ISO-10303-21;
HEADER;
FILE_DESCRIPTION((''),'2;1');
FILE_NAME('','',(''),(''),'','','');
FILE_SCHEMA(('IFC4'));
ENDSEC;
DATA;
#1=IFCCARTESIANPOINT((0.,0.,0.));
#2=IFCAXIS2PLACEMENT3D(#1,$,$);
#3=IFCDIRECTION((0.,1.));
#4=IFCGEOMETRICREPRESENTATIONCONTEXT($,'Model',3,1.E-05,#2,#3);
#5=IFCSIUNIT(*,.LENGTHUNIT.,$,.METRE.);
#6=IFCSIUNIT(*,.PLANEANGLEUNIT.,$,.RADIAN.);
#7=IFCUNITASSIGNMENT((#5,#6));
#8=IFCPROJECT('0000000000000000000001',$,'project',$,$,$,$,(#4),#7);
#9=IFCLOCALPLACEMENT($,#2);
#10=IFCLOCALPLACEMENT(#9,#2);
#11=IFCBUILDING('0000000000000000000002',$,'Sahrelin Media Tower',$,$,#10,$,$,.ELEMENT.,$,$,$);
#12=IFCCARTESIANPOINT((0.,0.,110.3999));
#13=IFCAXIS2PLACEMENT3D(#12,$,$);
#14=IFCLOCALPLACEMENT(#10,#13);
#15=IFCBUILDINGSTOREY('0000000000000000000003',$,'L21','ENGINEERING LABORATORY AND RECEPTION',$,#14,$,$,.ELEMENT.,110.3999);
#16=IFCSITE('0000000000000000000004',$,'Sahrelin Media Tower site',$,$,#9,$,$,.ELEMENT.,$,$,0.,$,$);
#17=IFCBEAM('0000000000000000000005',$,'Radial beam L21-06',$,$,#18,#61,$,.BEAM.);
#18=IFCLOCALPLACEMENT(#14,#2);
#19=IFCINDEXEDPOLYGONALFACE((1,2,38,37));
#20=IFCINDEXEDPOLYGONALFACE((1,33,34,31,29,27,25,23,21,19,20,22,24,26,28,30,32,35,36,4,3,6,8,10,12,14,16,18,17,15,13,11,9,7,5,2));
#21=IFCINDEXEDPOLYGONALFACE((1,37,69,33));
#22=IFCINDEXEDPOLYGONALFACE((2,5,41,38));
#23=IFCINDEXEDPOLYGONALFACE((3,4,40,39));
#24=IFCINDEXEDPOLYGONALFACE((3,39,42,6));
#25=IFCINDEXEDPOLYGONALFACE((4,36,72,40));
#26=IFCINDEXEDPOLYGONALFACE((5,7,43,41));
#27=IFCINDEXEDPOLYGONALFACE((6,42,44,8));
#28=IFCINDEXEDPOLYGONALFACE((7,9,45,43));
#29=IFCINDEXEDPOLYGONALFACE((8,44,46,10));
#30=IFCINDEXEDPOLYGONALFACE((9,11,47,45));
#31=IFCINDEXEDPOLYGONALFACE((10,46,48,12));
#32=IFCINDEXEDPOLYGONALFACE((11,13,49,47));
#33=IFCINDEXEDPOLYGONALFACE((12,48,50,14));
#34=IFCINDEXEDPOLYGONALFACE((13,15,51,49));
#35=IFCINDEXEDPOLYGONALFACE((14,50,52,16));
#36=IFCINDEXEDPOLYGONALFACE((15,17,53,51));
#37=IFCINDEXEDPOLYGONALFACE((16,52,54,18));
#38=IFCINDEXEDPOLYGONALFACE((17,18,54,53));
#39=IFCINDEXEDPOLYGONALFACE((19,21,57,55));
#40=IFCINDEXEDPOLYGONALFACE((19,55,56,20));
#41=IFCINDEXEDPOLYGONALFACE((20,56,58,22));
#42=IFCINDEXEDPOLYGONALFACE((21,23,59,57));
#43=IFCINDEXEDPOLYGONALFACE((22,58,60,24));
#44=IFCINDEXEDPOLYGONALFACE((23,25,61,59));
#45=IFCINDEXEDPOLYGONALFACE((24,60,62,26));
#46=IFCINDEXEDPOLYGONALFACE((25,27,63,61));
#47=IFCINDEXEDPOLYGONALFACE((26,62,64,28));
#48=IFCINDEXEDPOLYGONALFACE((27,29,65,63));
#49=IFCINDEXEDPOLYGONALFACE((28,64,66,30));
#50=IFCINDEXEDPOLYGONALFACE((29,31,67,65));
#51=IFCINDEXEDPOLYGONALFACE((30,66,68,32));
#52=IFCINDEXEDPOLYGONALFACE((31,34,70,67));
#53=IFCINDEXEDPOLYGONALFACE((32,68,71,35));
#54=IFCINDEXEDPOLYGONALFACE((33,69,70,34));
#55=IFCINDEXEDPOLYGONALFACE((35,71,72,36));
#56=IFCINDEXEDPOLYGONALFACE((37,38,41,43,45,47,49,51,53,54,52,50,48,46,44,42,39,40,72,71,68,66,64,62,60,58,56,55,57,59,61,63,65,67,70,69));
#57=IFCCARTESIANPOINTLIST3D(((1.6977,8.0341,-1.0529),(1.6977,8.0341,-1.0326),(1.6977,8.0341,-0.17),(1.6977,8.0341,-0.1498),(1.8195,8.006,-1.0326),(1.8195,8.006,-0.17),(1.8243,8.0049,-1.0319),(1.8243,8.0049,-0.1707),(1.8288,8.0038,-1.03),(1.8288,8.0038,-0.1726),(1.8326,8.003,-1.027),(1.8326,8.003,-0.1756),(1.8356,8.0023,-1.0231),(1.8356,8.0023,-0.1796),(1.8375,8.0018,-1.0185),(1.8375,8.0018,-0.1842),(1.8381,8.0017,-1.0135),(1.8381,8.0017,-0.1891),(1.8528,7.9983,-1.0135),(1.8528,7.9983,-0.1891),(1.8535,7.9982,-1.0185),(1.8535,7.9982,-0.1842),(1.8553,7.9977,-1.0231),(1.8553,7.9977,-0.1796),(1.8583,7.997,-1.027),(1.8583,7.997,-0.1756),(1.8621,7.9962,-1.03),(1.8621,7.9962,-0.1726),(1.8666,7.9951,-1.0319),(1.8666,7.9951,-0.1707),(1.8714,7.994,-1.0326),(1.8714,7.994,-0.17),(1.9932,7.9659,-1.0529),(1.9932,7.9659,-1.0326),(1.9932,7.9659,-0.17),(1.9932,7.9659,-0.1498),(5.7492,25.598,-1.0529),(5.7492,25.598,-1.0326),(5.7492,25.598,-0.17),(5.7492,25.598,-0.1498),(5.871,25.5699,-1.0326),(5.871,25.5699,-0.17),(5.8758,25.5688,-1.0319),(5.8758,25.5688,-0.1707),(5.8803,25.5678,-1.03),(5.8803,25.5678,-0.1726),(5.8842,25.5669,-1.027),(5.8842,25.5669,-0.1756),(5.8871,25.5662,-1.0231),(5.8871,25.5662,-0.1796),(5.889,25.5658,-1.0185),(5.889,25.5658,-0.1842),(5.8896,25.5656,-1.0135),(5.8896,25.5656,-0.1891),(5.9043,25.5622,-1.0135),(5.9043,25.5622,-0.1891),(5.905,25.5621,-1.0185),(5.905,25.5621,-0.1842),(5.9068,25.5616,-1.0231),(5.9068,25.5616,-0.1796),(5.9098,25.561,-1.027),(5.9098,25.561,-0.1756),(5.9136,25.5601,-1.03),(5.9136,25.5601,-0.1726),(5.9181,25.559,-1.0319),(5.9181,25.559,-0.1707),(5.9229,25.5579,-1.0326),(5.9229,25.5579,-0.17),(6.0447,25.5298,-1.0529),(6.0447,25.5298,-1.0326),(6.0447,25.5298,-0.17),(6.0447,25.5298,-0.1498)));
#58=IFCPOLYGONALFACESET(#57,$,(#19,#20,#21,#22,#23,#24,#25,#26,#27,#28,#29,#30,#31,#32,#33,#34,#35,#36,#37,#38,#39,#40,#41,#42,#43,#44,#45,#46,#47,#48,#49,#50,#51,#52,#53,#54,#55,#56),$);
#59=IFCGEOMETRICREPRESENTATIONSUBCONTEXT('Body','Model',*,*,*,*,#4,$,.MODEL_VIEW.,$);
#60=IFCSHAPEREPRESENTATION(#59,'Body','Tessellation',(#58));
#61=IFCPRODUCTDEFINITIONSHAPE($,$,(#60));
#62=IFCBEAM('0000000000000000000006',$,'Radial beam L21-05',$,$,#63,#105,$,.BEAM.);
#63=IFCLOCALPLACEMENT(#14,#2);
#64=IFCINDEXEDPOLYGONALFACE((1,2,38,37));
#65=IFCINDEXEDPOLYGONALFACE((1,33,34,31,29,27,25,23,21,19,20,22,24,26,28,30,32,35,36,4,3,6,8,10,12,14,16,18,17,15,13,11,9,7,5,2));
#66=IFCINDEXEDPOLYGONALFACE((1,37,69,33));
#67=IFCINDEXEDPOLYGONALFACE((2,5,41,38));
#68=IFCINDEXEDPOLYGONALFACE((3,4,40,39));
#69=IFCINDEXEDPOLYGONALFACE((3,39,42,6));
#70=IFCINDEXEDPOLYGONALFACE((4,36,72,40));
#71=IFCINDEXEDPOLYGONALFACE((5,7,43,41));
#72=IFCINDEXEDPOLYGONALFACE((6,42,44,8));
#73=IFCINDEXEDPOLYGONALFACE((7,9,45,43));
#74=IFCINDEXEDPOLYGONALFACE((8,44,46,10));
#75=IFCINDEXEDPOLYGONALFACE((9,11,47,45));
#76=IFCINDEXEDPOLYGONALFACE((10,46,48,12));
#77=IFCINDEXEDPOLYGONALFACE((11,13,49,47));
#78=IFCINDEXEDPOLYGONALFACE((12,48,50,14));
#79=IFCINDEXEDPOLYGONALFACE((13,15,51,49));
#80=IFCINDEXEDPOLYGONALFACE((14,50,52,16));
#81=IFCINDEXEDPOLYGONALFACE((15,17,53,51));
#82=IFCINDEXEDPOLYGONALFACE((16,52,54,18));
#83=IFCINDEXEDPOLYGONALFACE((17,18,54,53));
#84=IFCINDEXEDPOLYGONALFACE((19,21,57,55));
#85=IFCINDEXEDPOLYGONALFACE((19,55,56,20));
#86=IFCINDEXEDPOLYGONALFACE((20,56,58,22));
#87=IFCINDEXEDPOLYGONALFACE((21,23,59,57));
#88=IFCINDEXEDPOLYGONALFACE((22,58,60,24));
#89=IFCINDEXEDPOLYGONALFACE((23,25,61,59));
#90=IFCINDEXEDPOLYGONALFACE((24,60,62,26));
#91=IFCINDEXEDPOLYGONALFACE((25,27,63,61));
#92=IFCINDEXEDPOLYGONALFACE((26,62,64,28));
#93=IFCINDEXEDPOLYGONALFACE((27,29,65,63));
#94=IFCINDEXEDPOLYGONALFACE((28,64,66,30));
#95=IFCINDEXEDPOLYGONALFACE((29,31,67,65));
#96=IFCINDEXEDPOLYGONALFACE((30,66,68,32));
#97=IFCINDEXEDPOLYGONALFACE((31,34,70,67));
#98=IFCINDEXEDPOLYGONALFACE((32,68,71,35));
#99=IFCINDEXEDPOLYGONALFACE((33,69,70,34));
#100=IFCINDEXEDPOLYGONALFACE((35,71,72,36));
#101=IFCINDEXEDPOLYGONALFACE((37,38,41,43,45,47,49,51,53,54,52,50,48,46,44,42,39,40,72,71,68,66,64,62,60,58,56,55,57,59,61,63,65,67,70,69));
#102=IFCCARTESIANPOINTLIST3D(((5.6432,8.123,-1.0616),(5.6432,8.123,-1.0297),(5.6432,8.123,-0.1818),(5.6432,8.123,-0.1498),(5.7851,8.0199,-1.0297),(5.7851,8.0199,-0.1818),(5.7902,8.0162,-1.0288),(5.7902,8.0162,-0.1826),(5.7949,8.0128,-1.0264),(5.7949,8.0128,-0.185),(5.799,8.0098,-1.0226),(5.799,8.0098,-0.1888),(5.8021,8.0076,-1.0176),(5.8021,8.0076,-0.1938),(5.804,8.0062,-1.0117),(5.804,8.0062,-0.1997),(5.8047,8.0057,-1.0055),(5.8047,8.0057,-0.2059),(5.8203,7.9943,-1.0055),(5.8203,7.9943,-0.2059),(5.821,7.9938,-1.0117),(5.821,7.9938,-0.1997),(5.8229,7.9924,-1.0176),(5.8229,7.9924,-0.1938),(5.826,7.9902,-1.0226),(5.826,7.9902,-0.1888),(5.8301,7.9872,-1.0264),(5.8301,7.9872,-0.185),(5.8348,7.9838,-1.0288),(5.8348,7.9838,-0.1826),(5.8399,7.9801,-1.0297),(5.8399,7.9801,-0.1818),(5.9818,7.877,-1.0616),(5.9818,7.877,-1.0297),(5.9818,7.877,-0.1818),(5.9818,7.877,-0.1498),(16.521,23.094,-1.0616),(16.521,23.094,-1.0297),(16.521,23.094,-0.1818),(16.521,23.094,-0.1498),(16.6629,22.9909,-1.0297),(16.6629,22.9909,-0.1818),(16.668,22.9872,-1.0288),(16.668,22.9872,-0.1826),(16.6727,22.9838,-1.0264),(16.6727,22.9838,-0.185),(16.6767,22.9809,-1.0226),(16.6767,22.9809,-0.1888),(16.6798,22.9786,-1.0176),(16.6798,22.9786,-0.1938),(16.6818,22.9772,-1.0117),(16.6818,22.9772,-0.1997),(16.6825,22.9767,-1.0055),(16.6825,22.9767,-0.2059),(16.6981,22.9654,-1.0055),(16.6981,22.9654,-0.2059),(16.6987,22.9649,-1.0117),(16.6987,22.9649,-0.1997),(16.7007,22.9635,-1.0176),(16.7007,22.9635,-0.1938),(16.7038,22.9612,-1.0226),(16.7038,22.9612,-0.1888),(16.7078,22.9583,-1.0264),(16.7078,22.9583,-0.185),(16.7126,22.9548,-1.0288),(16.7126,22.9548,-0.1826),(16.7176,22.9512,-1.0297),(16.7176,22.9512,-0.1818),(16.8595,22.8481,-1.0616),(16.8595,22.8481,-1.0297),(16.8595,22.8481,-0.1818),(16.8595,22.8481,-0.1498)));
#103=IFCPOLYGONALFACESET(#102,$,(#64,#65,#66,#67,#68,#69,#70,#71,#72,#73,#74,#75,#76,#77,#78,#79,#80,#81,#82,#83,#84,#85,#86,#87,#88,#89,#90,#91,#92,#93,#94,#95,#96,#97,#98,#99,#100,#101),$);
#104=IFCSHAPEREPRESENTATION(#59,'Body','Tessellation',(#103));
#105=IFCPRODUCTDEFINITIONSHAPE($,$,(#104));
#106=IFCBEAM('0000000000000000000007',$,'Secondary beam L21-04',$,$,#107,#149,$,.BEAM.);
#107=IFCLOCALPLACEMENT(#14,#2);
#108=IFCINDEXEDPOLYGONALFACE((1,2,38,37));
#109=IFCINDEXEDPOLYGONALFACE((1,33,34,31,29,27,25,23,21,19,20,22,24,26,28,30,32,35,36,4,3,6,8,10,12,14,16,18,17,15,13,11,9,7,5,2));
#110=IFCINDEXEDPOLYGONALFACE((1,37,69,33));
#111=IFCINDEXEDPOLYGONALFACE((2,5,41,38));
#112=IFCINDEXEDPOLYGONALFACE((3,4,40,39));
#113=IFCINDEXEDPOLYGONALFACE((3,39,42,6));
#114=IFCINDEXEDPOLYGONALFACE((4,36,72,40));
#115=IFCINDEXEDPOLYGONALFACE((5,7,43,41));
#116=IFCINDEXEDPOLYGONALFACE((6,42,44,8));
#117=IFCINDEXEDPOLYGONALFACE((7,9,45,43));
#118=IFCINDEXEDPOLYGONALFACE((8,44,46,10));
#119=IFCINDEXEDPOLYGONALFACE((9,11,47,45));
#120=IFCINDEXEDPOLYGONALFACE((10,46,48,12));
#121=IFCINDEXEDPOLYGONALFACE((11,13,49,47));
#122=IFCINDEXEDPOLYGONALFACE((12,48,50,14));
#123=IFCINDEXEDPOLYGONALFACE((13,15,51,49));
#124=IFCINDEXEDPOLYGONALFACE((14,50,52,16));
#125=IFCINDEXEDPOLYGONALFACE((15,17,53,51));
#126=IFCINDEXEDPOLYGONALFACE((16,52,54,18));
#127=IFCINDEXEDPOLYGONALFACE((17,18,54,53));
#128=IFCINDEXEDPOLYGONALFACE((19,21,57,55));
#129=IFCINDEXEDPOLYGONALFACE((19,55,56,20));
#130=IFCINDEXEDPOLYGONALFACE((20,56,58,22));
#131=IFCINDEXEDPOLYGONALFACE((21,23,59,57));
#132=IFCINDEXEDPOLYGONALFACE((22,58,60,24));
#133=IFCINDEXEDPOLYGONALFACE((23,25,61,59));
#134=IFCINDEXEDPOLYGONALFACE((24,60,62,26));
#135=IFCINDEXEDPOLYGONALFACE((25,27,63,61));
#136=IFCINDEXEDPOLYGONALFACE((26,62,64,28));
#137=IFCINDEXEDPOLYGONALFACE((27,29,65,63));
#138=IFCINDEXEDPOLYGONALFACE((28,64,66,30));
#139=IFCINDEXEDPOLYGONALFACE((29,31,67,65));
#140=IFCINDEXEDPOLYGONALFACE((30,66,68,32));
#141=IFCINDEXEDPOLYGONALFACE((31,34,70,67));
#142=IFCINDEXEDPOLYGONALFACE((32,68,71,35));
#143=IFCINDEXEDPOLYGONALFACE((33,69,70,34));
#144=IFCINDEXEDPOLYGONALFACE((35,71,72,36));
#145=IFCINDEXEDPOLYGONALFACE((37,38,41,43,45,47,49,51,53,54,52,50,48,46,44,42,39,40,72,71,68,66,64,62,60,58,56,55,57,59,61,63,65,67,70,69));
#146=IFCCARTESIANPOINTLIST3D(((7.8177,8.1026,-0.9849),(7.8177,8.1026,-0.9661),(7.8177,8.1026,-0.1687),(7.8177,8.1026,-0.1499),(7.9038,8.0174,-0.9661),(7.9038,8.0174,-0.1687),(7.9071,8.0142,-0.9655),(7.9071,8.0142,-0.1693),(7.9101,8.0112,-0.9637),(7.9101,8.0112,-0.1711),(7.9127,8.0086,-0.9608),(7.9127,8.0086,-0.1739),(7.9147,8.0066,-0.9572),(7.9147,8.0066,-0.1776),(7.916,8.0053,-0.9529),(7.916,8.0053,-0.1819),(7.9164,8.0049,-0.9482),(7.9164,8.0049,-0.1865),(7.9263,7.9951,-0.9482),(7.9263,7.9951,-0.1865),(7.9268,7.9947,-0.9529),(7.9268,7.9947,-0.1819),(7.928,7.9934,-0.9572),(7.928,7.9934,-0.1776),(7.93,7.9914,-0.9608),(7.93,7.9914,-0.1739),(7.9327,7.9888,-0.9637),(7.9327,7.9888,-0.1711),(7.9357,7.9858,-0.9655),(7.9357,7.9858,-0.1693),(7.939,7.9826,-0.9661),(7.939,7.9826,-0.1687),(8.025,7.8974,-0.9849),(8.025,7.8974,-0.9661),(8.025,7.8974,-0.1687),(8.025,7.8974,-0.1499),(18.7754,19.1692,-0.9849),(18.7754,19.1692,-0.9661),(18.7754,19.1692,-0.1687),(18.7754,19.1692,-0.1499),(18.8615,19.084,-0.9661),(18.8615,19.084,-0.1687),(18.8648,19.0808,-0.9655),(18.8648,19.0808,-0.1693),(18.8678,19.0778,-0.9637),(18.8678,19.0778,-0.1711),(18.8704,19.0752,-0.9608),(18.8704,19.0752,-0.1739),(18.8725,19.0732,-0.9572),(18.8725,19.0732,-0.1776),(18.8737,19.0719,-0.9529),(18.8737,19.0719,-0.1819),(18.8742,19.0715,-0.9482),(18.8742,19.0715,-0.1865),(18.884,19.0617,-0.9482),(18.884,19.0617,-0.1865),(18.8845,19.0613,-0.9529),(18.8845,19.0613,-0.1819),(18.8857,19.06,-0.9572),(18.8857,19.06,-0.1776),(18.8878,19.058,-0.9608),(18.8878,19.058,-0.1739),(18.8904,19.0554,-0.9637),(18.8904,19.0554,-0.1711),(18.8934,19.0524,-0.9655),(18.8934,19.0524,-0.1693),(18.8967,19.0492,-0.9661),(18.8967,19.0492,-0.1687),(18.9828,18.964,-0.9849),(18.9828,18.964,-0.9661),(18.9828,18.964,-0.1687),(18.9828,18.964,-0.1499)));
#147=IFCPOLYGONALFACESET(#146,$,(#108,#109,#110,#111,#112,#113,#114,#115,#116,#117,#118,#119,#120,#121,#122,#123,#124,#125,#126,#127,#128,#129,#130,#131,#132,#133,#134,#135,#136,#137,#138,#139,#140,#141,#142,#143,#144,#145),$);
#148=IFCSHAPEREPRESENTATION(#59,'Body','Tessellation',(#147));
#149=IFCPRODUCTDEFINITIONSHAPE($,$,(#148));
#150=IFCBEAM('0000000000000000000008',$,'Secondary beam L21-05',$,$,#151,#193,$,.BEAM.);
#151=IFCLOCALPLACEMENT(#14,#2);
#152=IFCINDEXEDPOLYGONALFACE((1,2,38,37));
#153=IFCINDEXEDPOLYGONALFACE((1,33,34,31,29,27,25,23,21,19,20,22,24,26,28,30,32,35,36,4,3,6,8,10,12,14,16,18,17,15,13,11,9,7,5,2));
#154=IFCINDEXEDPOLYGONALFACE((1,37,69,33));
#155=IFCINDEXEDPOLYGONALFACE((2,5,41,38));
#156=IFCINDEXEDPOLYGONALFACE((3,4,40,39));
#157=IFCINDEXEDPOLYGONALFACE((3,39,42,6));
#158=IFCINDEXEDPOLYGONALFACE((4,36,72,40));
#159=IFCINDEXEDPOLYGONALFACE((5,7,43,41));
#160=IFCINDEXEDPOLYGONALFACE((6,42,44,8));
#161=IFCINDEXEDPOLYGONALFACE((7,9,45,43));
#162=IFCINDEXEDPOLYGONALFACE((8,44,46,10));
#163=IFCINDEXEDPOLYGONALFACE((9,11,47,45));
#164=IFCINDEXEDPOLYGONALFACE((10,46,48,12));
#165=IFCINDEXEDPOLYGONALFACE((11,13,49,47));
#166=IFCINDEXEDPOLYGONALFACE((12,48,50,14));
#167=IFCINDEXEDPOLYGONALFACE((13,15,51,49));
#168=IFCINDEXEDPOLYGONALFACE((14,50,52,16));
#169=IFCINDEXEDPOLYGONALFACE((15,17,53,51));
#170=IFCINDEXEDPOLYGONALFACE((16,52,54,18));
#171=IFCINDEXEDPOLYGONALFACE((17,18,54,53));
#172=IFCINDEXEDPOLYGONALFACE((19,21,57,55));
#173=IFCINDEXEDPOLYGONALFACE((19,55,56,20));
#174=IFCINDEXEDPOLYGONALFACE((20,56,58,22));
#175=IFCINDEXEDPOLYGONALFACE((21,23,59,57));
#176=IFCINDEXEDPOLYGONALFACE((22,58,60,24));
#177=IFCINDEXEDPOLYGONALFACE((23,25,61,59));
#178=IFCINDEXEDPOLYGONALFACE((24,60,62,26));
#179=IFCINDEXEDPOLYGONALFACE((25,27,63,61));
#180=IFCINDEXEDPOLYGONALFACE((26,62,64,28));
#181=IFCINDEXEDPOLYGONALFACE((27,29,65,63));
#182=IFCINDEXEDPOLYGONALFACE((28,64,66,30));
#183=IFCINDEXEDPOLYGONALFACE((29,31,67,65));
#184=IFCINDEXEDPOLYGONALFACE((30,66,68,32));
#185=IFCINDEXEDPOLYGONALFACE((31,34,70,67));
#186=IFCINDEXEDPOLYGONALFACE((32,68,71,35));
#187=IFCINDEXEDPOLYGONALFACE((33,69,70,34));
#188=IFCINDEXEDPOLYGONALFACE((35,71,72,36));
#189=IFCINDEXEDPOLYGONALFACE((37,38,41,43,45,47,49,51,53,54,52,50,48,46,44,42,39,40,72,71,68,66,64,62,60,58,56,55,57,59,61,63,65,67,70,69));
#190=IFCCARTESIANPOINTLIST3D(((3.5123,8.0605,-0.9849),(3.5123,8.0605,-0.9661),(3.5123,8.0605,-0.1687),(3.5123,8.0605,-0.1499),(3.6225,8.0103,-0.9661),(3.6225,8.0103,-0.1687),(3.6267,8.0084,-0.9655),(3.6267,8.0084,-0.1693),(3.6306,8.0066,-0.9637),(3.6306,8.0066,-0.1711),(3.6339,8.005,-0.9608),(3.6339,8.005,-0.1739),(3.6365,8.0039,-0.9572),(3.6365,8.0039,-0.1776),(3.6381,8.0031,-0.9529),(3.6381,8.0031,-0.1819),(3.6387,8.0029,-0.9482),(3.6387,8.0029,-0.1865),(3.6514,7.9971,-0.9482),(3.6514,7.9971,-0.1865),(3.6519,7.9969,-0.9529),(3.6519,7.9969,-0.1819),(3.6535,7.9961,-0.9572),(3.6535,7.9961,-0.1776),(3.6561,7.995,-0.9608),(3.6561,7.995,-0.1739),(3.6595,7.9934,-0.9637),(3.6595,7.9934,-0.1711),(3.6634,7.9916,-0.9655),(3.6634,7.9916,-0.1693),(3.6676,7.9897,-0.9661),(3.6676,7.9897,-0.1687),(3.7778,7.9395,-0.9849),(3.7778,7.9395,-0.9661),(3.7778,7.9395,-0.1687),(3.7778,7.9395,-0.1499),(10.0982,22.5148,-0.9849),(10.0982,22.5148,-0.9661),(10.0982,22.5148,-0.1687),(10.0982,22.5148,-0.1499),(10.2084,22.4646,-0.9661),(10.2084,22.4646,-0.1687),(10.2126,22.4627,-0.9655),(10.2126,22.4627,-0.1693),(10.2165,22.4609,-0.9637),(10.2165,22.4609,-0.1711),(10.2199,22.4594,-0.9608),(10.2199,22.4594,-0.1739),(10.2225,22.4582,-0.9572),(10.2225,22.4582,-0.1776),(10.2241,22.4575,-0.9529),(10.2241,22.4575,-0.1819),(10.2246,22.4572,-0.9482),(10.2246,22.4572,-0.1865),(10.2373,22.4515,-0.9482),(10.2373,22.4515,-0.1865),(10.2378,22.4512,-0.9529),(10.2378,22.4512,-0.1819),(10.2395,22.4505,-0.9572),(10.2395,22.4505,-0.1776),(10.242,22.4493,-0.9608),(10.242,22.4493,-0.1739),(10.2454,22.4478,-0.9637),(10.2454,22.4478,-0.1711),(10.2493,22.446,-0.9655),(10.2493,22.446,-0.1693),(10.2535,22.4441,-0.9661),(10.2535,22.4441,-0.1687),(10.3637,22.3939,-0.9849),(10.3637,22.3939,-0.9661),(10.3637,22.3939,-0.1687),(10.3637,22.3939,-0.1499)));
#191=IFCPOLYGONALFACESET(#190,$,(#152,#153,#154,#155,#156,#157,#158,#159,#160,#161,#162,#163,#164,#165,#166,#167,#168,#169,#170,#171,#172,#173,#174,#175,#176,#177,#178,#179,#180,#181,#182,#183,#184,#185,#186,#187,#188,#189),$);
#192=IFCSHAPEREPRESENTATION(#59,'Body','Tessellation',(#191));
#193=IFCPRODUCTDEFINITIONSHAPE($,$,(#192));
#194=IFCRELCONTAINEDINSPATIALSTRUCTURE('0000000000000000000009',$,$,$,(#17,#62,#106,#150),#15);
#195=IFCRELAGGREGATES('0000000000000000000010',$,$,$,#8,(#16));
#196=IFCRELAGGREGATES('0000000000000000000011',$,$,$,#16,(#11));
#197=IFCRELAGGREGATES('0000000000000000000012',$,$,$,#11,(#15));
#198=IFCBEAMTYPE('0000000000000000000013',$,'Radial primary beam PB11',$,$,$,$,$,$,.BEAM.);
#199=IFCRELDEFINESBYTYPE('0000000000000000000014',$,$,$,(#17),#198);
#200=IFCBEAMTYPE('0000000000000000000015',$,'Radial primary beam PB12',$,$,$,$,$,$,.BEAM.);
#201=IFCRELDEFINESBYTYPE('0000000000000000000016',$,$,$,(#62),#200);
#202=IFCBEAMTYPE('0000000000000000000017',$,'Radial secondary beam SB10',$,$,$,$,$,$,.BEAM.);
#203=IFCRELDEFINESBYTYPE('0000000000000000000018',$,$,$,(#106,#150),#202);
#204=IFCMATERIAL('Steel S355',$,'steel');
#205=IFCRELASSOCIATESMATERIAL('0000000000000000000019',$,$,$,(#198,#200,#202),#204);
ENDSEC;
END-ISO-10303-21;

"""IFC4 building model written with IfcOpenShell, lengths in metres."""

from ifc_helpers import new_model, si_unit, direction, frame, origin, origin_2d, place, context, subcontext, project, spatial, i_section, extrude, material, material_profile, profile_set, type_object, element, save


model = new_model("IFC4")

# Units and contexts
model_context = context("Model", 3, precision=1e-05, world=origin(), true_north=direction((0.0, 1.0)))
body_context = subcontext(model_context, "Body", "Model", "MODEL_VIEW")
ifc_project = project(units=[si_unit("LENGTHUNIT", "METRE"), si_unit("PLANEANGLEUNIT", "RADIAN")], contexts=[model_context])

# Site, building, storey
site_placement = place(None, origin())
site = spatial("IfcSite", under=ifc_project, at=site_placement, Name="Sahrelin Media Tower site", CompositionType="ELEMENT", RefElevation=0.0)
building_placement = place(site_placement, origin())
building = spatial("IfcBuilding", under=site, at=building_placement, Name="Sahrelin Media Tower", CompositionType="ELEMENT")
storey_placement = place(building_placement, frame((0.0, 0.0, 110.3999)))
storey = spatial("IfcBuildingStorey", under=building, at=storey_placement, Name="L21", Description="ENGINEERING LABORATORY AND RECEPTION", CompositionType="ELEMENT", Elevation=110.3999)

# Shared definitions
ifc_material_1 = material(Name="Steel S355", Category="steel")

# Beams
ifc_material_profile_1 = material_profile(ifc_material_1, i_section(OverallWidth=0.3032, OverallDepth=0.9031, WebThickness=0.0151, FlangeThickness=0.0203, FilletRadius=0.019, at=origin_2d()), Name="UB 914x305x201")
ifc_profile_set_1 = profile_set([ifc_material_profile_1], Name="Steel S355")
beam_type_1 = type_object("IfcBeamType", Name="Radial primary beam PB11", PredefinedType="BEAM", material=ifc_profile_set_1)
beam_1_placement = place(storey_placement, frame((1.8455, 8.0, -0.6013), z_axis=(0.224769, 0.974412, 0.0), x_axis=(-0.974412, 0.224769, 0.0)))
element("IfcBeam", 1, at=beam_1_placement, inside=storey, type_object=beam_type_1, Name="Radial beam L21-06", PredefinedType="BEAM", context=body_context, shape_type="SweptSolid", body=[
    extrude(i_section(OverallWidth=0.3032, OverallDepth=0.9031, WebThickness=0.0151, FlangeThickness=0.0203, FilletRadius=0.019, at=origin_2d()), origin(), (0.0, 0.0, 1.0), 18.0251),
])
ifc_material_profile_2 = material_profile(ifc_material_1, i_section(OverallWidth=0.4185, OverallDepth=0.9119, WebThickness=0.0193, FlangeThickness=0.032, FilletRadius=0.0242, at=origin_2d()), Name="UB 914x419x343")
ifc_profile_set_2 = profile_set([ifc_material_profile_2], Name="Steel S355")
beam_type_2 = type_object("IfcBeamType", Name="Radial primary beam PB12", PredefinedType="BEAM", material=ifc_profile_set_2)
beam_2_placement = place(storey_placement, frame((5.8125, 8.0, -0.6057), z_axis=(0.587808, 0.809, 0.0), x_axis=(-0.809, 0.587808, 0.0)))
element("IfcBeam", 2, at=beam_2_placement, inside=storey, type_object=beam_type_2, Name="Radial beam L21-05", PredefinedType="BEAM", context=body_context, shape_type="SweptSolid", body=[
    extrude(i_section(OverallWidth=0.4185, OverallDepth=0.9119, WebThickness=0.0193, FlangeThickness=0.032, FilletRadius=0.0242, at=origin_2d()), origin(), (0.0, 0.0, 1.0), 18.5056),
])
ifc_material_profile_3 = material_profile(ifc_material_1, i_section(OverallWidth=0.2917, OverallDepth=0.835, WebThickness=0.0139, FlangeThickness=0.0188, FilletRadius=0.0178, at=origin_2d()), Name="UB 838x292x176")
ifc_profile_set_3 = profile_set([ifc_material_profile_3], Name="Steel S355")
beam_type_3 = type_object("IfcBeamType", Name="Radial secondary beam SB10", PredefinedType="BEAM", material=ifc_profile_set_3)
beam_3_placement = place(storey_placement, frame((7.9214, 8.0, -0.5674), z_axis=(0.703602, 0.710594, 0.0), x_axis=(-0.710594, 0.703602, 0.0)))
element("IfcBeam", 3, at=beam_3_placement, inside=storey, type_object=beam_type_3, Name="Secondary beam L21-04", PredefinedType="BEAM", context=body_context, shape_type="SweptSolid", body=[
    extrude(i_section(OverallWidth=0.2917, OverallDepth=0.835, WebThickness=0.0139, FlangeThickness=0.0188, FilletRadius=0.0178, at=origin_2d()), origin(), (0.0, 0.0, 1.0), 15.5737),
])
beam_4_placement = place(storey_placement, frame((3.645, 8.0, -0.5674), z_axis=(0.414626, 0.909992, 0.0), x_axis=(-0.909992, 0.414626, 0.0)))
element("IfcBeam", 4, at=beam_4_placement, inside=storey, type_object=beam_type_3, Name="Secondary beam L21-05", PredefinedType="BEAM", context=body_context, shape_type="SweptSolid", body=[
    extrude(i_section(OverallWidth=0.2917, OverallDepth=0.835, WebThickness=0.0139, FlangeThickness=0.0188, FilletRadius=0.0178, at=origin_2d()), origin(), (0.0, 0.0, 1.0), 15.884),
])

save(model, "model.ifc")
